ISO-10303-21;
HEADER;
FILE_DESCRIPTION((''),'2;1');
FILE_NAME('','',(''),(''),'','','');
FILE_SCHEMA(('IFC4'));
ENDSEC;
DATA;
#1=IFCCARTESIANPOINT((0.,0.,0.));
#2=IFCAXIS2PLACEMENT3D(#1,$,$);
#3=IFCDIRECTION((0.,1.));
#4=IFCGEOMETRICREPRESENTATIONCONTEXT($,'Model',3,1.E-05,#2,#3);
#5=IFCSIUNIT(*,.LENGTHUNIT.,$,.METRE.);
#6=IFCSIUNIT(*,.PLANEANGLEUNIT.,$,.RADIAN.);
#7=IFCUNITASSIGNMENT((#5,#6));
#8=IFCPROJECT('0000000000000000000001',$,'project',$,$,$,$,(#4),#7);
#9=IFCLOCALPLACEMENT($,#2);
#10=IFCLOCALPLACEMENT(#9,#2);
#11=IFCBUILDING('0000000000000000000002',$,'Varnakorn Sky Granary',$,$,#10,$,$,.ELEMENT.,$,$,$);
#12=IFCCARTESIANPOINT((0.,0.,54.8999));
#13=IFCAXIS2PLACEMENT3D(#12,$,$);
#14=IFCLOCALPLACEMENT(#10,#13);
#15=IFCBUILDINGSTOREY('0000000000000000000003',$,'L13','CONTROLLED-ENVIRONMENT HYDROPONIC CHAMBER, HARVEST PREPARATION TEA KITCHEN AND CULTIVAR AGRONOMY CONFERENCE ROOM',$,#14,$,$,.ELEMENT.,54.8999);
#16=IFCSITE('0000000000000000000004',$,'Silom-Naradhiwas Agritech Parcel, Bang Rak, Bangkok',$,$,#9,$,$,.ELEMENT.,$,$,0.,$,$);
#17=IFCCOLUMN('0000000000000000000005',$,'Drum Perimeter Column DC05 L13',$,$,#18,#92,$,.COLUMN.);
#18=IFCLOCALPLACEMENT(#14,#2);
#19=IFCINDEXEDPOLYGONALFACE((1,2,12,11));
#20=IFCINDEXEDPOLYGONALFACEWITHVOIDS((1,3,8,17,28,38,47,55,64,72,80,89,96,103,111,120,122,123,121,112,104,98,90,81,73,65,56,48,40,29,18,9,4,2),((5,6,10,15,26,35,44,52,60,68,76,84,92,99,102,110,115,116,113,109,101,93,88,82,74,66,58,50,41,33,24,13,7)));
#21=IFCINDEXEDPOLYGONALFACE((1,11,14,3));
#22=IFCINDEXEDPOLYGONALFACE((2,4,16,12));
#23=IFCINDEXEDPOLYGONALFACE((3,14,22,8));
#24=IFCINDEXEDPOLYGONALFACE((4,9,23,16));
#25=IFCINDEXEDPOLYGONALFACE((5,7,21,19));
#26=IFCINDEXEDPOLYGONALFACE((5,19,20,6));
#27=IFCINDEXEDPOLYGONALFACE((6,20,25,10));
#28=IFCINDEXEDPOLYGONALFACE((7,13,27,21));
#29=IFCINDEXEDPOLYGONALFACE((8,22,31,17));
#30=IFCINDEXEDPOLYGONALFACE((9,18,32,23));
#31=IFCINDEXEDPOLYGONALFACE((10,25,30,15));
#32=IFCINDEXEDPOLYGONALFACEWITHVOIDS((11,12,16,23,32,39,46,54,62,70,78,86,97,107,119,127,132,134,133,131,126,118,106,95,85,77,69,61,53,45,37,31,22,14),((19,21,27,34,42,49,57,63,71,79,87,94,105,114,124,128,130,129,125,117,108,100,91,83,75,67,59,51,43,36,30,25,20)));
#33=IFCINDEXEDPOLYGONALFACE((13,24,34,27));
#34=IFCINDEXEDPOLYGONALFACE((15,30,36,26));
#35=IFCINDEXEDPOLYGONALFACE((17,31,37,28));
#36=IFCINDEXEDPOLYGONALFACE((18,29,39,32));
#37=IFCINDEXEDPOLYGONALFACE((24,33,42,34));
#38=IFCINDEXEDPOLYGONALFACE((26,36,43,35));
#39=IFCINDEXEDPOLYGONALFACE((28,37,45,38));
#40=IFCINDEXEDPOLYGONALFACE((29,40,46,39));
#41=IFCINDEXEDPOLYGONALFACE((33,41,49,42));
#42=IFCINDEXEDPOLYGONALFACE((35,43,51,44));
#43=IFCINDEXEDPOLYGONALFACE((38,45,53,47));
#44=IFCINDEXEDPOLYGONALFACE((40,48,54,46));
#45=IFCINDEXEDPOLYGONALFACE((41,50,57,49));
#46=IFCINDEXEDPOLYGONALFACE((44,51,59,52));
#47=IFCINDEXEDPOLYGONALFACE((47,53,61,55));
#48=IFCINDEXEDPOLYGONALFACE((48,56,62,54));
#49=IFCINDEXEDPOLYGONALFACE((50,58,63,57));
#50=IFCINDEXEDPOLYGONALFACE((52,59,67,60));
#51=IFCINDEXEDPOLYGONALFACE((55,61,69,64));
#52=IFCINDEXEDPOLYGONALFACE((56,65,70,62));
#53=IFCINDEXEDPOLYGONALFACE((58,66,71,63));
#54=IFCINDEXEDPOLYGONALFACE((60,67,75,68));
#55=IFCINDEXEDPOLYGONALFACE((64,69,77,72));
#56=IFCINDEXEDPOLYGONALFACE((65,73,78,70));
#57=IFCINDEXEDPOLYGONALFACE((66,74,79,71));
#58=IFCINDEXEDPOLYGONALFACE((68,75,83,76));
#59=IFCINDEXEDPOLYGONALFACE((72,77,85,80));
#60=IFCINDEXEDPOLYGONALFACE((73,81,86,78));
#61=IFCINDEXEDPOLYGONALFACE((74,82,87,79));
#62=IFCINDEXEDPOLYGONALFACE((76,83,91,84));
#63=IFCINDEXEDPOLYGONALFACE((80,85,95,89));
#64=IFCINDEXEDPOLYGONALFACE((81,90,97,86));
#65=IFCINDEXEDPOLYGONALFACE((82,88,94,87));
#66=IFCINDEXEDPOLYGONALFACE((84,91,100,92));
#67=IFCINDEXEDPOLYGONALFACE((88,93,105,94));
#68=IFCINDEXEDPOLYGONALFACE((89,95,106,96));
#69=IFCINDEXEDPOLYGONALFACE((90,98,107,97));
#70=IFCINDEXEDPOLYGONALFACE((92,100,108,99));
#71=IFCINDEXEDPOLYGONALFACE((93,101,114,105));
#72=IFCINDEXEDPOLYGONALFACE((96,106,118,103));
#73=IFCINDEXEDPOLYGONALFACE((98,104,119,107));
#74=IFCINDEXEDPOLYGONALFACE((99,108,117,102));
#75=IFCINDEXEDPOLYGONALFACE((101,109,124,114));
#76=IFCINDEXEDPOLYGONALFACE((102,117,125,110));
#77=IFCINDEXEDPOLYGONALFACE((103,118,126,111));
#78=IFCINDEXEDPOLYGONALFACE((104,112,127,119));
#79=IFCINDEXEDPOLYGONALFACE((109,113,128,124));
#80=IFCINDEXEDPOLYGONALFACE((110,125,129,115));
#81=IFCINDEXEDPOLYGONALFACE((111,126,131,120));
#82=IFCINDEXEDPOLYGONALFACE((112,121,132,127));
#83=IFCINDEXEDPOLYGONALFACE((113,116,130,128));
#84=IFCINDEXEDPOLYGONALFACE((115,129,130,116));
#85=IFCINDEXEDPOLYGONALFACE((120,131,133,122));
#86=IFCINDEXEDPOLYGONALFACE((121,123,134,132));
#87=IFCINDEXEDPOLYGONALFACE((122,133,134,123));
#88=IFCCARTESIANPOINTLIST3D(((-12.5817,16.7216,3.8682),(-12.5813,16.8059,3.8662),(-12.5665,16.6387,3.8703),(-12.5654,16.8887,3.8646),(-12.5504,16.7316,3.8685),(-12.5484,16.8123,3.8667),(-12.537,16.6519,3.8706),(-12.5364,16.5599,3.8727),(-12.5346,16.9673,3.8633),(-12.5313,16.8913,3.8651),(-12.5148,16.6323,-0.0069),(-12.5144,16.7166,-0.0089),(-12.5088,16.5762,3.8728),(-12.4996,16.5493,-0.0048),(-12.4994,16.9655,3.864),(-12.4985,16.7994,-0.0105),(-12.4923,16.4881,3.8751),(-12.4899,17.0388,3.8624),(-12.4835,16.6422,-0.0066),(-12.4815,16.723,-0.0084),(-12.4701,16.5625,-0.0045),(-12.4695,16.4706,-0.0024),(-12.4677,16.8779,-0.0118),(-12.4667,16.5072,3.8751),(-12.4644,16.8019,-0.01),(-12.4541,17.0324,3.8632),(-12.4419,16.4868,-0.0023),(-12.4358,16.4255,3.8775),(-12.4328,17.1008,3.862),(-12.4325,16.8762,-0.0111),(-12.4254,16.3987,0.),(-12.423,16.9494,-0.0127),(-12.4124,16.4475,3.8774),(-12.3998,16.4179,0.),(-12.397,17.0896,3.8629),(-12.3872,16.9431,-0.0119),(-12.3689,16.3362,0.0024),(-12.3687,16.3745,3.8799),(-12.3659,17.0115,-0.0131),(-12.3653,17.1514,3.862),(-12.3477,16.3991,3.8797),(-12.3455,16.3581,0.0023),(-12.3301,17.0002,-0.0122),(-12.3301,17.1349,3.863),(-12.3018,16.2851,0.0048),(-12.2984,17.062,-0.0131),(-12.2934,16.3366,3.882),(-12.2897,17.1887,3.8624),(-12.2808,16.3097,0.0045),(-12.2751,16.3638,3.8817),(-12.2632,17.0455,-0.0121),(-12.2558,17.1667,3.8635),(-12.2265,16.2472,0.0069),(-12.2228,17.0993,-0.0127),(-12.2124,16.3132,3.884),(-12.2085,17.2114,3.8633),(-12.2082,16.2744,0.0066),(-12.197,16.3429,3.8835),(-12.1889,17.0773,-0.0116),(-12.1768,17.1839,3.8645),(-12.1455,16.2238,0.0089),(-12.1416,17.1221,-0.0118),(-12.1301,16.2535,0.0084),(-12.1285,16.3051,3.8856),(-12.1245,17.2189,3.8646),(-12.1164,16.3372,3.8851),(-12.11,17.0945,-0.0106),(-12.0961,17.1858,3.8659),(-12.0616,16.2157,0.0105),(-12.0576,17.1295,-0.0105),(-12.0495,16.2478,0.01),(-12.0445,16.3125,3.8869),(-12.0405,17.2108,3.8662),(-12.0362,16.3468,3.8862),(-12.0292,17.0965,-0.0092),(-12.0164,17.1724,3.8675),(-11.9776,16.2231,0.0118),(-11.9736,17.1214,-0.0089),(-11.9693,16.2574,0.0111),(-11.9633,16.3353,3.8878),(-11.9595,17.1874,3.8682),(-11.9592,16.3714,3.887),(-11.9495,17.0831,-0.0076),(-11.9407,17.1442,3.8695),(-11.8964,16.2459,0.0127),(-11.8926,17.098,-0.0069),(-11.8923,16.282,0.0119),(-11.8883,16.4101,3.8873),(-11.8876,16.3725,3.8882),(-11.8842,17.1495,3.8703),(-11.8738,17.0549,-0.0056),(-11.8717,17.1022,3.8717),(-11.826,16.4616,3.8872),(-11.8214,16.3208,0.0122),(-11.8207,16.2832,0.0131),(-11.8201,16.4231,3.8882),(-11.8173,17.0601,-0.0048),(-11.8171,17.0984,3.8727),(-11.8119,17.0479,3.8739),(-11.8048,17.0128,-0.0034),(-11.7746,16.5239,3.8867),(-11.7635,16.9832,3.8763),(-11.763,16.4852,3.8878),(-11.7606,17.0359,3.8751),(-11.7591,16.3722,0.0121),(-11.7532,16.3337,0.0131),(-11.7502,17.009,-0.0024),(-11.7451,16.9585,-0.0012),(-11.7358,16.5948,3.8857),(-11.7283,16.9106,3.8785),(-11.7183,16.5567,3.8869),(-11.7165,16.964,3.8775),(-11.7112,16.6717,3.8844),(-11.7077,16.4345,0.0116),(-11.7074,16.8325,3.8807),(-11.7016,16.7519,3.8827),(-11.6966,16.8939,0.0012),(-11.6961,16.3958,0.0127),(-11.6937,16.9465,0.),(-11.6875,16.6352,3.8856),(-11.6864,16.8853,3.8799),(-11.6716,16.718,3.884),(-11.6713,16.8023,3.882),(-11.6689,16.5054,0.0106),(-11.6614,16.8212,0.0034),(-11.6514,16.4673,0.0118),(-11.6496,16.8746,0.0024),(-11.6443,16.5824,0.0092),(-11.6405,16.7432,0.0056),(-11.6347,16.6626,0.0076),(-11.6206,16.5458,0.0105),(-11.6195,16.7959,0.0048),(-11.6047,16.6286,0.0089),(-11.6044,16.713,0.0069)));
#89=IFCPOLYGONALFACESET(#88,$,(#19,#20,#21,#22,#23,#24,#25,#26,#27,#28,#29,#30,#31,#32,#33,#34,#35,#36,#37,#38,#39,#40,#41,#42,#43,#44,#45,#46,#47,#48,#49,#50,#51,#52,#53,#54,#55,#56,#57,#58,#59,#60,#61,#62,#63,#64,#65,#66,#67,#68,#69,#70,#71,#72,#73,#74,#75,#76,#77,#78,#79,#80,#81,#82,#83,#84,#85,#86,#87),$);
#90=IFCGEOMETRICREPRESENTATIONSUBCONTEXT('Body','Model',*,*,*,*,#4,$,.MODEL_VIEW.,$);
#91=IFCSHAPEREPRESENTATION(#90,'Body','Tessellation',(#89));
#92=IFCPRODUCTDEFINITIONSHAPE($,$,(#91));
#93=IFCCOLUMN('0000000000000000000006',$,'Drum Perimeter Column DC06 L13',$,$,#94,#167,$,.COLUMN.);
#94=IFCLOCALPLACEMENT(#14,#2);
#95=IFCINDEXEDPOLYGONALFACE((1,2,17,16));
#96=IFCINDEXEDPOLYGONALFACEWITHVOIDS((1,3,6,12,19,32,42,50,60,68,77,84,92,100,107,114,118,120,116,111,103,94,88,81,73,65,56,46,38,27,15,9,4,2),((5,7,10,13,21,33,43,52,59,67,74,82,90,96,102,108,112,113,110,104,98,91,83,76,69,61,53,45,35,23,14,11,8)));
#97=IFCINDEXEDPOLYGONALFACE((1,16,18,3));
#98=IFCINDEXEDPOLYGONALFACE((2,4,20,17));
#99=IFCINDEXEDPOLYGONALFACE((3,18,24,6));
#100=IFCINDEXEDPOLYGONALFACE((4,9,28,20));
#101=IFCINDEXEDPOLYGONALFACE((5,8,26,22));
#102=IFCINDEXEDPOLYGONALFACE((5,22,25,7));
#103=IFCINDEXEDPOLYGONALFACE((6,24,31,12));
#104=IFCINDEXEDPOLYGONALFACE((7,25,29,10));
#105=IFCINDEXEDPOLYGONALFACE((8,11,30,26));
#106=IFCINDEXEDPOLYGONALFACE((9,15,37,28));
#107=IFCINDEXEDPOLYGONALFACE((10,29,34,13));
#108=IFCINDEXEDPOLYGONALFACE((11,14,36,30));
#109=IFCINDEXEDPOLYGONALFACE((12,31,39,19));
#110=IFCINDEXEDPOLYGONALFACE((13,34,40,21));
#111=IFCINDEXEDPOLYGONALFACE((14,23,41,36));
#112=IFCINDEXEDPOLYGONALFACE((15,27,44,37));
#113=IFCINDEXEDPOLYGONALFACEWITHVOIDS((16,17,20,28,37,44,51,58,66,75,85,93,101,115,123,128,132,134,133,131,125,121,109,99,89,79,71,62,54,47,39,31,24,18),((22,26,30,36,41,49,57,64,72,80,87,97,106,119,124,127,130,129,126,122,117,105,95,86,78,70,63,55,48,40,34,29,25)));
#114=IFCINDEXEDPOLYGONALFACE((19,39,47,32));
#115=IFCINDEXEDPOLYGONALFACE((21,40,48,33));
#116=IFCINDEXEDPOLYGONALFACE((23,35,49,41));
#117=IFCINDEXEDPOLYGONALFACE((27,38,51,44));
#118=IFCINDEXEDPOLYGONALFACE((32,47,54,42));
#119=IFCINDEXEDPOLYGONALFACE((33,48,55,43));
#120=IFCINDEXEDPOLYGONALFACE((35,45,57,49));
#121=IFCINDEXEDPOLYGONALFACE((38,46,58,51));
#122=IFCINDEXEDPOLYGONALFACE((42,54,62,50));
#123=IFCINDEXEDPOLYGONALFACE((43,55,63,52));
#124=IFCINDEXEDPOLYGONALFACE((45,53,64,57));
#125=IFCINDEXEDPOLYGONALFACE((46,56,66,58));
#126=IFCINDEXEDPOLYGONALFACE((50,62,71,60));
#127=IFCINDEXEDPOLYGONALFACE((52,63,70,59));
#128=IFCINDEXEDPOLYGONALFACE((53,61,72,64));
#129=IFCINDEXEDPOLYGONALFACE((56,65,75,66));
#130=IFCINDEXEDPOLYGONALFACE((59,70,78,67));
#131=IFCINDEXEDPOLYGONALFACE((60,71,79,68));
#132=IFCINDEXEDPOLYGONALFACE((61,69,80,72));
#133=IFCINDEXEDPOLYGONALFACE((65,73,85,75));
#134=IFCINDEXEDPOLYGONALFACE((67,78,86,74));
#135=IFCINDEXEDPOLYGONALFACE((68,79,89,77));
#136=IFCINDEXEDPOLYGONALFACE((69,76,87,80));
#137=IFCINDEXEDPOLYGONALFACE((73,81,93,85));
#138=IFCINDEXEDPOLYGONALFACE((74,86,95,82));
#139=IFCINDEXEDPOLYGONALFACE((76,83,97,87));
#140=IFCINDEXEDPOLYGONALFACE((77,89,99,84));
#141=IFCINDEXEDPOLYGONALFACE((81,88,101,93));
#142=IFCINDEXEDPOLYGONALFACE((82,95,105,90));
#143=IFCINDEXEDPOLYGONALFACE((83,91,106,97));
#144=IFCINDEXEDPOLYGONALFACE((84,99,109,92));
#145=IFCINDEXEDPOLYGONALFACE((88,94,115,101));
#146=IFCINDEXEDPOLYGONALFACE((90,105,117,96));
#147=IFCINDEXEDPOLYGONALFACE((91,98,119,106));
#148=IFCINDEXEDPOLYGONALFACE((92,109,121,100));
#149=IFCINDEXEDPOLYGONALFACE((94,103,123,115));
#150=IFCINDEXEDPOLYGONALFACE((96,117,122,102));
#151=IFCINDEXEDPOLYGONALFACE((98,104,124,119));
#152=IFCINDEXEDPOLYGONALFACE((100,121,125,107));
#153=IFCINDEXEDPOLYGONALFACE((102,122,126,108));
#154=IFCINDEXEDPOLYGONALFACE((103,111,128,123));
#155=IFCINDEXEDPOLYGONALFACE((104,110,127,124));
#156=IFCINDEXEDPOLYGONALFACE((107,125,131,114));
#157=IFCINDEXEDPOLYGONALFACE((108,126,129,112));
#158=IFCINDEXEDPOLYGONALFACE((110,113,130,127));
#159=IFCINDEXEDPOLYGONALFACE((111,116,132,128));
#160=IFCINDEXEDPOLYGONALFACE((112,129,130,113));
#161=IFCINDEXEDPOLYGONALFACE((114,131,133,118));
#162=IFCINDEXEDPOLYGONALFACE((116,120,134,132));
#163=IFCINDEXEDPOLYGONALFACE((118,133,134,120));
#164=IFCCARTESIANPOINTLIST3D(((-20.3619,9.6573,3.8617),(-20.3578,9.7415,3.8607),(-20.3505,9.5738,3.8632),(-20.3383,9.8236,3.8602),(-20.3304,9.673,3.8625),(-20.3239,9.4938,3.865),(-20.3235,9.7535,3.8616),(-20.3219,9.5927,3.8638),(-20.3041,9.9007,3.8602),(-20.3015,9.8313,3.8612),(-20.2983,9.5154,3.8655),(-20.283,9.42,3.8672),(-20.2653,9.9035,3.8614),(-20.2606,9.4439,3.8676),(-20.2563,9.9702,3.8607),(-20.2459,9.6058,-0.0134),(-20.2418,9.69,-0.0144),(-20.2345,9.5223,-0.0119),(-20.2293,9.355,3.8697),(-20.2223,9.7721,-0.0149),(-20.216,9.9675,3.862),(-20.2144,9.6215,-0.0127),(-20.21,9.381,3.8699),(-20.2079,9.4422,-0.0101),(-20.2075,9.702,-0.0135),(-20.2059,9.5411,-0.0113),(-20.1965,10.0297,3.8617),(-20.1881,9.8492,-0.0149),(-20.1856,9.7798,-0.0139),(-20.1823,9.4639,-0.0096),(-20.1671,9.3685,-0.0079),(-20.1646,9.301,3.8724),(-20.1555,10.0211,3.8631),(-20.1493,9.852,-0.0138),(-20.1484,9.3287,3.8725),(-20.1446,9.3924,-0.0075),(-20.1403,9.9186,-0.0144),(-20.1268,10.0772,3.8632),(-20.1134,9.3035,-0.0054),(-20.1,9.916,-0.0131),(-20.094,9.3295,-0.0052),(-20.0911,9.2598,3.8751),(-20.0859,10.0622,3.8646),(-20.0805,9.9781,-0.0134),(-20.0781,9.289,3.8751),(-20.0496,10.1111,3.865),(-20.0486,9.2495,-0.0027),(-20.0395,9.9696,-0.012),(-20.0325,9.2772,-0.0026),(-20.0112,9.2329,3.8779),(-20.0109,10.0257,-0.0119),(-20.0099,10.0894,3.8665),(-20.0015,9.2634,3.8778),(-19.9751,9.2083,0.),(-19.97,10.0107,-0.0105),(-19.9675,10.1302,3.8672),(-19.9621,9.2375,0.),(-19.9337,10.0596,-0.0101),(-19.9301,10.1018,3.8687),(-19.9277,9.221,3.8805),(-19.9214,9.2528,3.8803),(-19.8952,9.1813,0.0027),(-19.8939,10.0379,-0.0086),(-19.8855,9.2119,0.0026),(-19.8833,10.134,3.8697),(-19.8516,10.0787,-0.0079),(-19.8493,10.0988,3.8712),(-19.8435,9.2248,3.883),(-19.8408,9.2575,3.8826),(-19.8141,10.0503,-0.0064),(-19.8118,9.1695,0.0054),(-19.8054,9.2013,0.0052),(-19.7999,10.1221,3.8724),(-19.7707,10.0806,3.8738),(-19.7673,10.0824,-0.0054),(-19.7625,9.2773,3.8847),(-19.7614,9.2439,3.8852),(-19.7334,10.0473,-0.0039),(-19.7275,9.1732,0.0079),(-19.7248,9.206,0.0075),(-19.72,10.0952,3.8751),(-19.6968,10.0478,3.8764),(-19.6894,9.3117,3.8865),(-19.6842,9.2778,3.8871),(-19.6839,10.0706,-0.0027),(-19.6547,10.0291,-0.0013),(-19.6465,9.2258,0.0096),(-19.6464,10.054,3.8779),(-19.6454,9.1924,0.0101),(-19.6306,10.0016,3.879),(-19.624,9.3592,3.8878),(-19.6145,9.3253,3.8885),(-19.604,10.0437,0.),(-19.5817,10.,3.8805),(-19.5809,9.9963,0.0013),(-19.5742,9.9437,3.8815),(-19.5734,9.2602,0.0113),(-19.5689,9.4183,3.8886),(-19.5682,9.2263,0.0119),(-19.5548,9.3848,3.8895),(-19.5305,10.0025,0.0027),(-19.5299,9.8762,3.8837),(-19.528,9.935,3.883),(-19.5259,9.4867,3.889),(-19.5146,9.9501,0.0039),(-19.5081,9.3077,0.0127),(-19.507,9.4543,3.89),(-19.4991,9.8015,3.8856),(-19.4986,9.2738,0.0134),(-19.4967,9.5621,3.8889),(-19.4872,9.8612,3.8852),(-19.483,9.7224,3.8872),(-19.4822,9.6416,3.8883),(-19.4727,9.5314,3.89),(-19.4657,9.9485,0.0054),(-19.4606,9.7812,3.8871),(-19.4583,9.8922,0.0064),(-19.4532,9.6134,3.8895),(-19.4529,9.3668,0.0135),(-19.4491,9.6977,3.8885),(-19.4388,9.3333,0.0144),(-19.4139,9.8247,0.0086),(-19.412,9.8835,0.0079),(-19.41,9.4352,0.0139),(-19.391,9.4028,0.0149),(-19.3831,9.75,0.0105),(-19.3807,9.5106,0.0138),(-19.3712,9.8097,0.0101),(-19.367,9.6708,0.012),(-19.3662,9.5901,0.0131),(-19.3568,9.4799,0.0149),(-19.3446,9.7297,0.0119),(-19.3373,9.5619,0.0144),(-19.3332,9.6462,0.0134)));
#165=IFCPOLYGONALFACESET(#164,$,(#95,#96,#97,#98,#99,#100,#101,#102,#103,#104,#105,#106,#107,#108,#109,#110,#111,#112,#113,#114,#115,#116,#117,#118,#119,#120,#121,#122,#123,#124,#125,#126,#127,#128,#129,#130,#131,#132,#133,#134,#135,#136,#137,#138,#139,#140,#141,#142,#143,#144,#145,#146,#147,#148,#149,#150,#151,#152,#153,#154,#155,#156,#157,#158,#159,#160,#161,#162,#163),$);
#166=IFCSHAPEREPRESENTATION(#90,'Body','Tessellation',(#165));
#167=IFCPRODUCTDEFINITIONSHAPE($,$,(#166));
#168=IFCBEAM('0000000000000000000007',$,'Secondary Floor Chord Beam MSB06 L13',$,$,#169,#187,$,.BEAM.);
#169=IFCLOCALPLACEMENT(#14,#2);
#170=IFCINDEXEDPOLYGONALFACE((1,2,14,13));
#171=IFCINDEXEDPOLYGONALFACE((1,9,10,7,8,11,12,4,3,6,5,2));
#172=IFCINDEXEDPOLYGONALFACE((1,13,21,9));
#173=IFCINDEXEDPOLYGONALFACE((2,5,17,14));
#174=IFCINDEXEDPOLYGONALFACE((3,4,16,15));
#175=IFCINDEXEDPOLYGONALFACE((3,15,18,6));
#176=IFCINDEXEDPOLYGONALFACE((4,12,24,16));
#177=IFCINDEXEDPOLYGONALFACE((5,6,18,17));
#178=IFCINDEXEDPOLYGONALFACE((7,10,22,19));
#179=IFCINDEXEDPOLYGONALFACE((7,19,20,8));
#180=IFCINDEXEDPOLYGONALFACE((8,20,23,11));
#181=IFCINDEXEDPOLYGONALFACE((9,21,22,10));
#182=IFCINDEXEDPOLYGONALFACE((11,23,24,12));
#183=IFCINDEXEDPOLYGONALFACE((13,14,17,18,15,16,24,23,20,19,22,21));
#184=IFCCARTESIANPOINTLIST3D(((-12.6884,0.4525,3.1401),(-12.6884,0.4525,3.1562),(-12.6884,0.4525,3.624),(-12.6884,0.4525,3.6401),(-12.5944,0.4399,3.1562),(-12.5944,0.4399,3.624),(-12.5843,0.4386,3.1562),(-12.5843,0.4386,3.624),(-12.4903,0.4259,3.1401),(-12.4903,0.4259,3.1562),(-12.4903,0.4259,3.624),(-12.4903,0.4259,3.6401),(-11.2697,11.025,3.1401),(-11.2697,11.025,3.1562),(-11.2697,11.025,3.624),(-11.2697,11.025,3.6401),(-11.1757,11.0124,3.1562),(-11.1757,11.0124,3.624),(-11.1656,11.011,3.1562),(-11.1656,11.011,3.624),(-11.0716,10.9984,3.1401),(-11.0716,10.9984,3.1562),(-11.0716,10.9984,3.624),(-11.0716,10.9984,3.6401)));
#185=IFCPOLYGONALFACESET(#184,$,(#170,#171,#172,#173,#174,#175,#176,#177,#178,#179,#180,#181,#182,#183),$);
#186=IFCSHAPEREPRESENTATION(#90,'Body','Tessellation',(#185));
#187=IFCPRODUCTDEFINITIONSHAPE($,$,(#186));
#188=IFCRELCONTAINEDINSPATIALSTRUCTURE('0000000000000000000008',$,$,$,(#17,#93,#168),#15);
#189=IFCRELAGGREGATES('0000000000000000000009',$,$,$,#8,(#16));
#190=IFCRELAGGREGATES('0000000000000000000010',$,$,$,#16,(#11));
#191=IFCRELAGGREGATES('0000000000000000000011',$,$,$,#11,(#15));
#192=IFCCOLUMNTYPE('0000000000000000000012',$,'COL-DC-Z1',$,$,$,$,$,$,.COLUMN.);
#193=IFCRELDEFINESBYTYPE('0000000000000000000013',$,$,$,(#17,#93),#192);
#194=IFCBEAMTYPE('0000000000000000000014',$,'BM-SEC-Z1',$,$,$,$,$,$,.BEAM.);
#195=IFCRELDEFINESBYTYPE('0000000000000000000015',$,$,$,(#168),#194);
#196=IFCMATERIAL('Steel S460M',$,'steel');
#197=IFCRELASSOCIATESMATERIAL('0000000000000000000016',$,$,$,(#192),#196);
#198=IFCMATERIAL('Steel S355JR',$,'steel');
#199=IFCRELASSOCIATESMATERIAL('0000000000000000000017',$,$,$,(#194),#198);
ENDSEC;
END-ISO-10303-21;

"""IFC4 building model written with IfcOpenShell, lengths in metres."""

from ifc_helpers import new_model, si_unit, direction, frame, origin, origin_2d, place, context, subcontext, project, spatial, hollow_circle, i_section, extrude, material, material_profile, profile_set, type_object, element, save


model = new_model("IFC4")

# Units and contexts
model_context = context("Model", 3, precision=1e-05, world=origin(), true_north=direction((0.0, 1.0)))
body_context = subcontext(model_context, "Body", "Model", "MODEL_VIEW")
ifc_project = project(units=[si_unit("LENGTHUNIT", "METRE"), si_unit("PLANEANGLEUNIT", "RADIAN")], contexts=[model_context])

# Site, building, storey
site_placement = place(None, origin())
site = spatial("IfcSite", under=ifc_project, at=site_placement, Name="Silom-Naradhiwas Agritech Parcel, Bang Rak, Bangkok", CompositionType="ELEMENT", RefElevation=0.0)
building_placement = place(site_placement, origin())
building = spatial("IfcBuilding", under=site, at=building_placement, Name="Varnakorn Sky Granary", CompositionType="ELEMENT")
storey_placement = place(building_placement, frame((0.0, 0.0, 54.8999)))
storey = spatial("IfcBuildingStorey", under=building, at=storey_placement, Name="L13", Description="CONTROLLED-ENVIRONMENT HYDROPONIC CHAMBER, HARVEST PREPARATION TEA KITCHEN AND CULTIVAR AGRONOMY CONFERENCE ROOM", CompositionType="ELEMENT", Elevation=54.8999)

# Columns
ifc_material_1 = material(Name="Steel S460M", Category="steel")
ifc_material_profile_1 = material_profile(ifc_material_1, hollow_circle(Radius=0.457, WallThickness=0.032, at=origin_2d()), Name="CHS 914x32")
ifc_profile_set_1 = profile_set([ifc_material_profile_1], Name="Steel S460M")
column_type = type_object("IfcColumnType", Name="COL-DC-Z1", PredefinedType="COLUMN", material=ifc_profile_set_1)
column_1_placement = place(storey_placement, frame((-12.0596, 16.6726, 0.0), z_axis=(-0.017256, 0.02305, 0.999585), x_axis=(-0.800525, -0.5993, 0.0)))
element("IfcColumn", 1, at=column_1_placement, inside=storey, type_object=column_type, Name="Drum Perimeter Column DC05 L13", PredefinedType="COLUMN", context=body_context, shape_type="SweptSolid", body=[
    extrude(hollow_circle(Radius=0.457, WallThickness=0.032, at=origin_2d()), origin(), (0.0, 0.0, 1.0), 3.8767),
])
column_2_placement = place(storey_placement, frame((-19.7896, 9.626, 0.0), z_axis=(-0.029911, 0.013287, 0.999464), x_axis=(-0.40596, -0.913891, 0.0)))
element("IfcColumn", 2, at=column_2_placement, inside=storey, type_object=column_type, Name="Drum Perimeter Column DC06 L13", PredefinedType="COLUMN", context=body_context, shape_type="SweptSolid", body=[
    extrude(hollow_circle(Radius=0.457, WallThickness=0.032, at=origin_2d()), origin(), (0.0, 0.0, 1.0), 3.8772),
])

# Beam
ifc_material_2 = material(Name="Steel S355JR", Category="steel")
ifc_material_profile_2 = material_profile(ifc_material_2, i_section(OverallWidth=0.2, OverallDepth=0.5, WebThickness=0.0103, FlangeThickness=0.0161, at=origin_2d()), Name="IPE 500")
ifc_profile_set_2 = profile_set([ifc_material_profile_2], Name="Steel S355JR")
beam_type_1 = type_object("IfcBeamType", Name="BM-SEC-Z1", PredefinedType="BEAM", material=ifc_profile_set_2)
beam_1_placement = place(storey_placement, frame((-11.1707, 11.0117, 3.3901), z_axis=(-0.132996, -0.991117, 0.0), x_axis=(0.991117, -0.132996, 0.0)))
element("IfcBeam", 3, at=beam_1_placement, inside=storey, type_object=beam_type_1, Name="Secondary Floor Chord Beam MSB06 L13", PredefinedType="BEAM", context=body_context, shape_type="SweptSolid", body=[
    extrude(i_section(OverallWidth=0.2, OverallDepth=0.5, WebThickness=0.0103, FlangeThickness=0.0161, at=origin_2d()), origin(), (0.0, 0.0, 1.0), 10.6672),
])

save(model, "model.ifc")
